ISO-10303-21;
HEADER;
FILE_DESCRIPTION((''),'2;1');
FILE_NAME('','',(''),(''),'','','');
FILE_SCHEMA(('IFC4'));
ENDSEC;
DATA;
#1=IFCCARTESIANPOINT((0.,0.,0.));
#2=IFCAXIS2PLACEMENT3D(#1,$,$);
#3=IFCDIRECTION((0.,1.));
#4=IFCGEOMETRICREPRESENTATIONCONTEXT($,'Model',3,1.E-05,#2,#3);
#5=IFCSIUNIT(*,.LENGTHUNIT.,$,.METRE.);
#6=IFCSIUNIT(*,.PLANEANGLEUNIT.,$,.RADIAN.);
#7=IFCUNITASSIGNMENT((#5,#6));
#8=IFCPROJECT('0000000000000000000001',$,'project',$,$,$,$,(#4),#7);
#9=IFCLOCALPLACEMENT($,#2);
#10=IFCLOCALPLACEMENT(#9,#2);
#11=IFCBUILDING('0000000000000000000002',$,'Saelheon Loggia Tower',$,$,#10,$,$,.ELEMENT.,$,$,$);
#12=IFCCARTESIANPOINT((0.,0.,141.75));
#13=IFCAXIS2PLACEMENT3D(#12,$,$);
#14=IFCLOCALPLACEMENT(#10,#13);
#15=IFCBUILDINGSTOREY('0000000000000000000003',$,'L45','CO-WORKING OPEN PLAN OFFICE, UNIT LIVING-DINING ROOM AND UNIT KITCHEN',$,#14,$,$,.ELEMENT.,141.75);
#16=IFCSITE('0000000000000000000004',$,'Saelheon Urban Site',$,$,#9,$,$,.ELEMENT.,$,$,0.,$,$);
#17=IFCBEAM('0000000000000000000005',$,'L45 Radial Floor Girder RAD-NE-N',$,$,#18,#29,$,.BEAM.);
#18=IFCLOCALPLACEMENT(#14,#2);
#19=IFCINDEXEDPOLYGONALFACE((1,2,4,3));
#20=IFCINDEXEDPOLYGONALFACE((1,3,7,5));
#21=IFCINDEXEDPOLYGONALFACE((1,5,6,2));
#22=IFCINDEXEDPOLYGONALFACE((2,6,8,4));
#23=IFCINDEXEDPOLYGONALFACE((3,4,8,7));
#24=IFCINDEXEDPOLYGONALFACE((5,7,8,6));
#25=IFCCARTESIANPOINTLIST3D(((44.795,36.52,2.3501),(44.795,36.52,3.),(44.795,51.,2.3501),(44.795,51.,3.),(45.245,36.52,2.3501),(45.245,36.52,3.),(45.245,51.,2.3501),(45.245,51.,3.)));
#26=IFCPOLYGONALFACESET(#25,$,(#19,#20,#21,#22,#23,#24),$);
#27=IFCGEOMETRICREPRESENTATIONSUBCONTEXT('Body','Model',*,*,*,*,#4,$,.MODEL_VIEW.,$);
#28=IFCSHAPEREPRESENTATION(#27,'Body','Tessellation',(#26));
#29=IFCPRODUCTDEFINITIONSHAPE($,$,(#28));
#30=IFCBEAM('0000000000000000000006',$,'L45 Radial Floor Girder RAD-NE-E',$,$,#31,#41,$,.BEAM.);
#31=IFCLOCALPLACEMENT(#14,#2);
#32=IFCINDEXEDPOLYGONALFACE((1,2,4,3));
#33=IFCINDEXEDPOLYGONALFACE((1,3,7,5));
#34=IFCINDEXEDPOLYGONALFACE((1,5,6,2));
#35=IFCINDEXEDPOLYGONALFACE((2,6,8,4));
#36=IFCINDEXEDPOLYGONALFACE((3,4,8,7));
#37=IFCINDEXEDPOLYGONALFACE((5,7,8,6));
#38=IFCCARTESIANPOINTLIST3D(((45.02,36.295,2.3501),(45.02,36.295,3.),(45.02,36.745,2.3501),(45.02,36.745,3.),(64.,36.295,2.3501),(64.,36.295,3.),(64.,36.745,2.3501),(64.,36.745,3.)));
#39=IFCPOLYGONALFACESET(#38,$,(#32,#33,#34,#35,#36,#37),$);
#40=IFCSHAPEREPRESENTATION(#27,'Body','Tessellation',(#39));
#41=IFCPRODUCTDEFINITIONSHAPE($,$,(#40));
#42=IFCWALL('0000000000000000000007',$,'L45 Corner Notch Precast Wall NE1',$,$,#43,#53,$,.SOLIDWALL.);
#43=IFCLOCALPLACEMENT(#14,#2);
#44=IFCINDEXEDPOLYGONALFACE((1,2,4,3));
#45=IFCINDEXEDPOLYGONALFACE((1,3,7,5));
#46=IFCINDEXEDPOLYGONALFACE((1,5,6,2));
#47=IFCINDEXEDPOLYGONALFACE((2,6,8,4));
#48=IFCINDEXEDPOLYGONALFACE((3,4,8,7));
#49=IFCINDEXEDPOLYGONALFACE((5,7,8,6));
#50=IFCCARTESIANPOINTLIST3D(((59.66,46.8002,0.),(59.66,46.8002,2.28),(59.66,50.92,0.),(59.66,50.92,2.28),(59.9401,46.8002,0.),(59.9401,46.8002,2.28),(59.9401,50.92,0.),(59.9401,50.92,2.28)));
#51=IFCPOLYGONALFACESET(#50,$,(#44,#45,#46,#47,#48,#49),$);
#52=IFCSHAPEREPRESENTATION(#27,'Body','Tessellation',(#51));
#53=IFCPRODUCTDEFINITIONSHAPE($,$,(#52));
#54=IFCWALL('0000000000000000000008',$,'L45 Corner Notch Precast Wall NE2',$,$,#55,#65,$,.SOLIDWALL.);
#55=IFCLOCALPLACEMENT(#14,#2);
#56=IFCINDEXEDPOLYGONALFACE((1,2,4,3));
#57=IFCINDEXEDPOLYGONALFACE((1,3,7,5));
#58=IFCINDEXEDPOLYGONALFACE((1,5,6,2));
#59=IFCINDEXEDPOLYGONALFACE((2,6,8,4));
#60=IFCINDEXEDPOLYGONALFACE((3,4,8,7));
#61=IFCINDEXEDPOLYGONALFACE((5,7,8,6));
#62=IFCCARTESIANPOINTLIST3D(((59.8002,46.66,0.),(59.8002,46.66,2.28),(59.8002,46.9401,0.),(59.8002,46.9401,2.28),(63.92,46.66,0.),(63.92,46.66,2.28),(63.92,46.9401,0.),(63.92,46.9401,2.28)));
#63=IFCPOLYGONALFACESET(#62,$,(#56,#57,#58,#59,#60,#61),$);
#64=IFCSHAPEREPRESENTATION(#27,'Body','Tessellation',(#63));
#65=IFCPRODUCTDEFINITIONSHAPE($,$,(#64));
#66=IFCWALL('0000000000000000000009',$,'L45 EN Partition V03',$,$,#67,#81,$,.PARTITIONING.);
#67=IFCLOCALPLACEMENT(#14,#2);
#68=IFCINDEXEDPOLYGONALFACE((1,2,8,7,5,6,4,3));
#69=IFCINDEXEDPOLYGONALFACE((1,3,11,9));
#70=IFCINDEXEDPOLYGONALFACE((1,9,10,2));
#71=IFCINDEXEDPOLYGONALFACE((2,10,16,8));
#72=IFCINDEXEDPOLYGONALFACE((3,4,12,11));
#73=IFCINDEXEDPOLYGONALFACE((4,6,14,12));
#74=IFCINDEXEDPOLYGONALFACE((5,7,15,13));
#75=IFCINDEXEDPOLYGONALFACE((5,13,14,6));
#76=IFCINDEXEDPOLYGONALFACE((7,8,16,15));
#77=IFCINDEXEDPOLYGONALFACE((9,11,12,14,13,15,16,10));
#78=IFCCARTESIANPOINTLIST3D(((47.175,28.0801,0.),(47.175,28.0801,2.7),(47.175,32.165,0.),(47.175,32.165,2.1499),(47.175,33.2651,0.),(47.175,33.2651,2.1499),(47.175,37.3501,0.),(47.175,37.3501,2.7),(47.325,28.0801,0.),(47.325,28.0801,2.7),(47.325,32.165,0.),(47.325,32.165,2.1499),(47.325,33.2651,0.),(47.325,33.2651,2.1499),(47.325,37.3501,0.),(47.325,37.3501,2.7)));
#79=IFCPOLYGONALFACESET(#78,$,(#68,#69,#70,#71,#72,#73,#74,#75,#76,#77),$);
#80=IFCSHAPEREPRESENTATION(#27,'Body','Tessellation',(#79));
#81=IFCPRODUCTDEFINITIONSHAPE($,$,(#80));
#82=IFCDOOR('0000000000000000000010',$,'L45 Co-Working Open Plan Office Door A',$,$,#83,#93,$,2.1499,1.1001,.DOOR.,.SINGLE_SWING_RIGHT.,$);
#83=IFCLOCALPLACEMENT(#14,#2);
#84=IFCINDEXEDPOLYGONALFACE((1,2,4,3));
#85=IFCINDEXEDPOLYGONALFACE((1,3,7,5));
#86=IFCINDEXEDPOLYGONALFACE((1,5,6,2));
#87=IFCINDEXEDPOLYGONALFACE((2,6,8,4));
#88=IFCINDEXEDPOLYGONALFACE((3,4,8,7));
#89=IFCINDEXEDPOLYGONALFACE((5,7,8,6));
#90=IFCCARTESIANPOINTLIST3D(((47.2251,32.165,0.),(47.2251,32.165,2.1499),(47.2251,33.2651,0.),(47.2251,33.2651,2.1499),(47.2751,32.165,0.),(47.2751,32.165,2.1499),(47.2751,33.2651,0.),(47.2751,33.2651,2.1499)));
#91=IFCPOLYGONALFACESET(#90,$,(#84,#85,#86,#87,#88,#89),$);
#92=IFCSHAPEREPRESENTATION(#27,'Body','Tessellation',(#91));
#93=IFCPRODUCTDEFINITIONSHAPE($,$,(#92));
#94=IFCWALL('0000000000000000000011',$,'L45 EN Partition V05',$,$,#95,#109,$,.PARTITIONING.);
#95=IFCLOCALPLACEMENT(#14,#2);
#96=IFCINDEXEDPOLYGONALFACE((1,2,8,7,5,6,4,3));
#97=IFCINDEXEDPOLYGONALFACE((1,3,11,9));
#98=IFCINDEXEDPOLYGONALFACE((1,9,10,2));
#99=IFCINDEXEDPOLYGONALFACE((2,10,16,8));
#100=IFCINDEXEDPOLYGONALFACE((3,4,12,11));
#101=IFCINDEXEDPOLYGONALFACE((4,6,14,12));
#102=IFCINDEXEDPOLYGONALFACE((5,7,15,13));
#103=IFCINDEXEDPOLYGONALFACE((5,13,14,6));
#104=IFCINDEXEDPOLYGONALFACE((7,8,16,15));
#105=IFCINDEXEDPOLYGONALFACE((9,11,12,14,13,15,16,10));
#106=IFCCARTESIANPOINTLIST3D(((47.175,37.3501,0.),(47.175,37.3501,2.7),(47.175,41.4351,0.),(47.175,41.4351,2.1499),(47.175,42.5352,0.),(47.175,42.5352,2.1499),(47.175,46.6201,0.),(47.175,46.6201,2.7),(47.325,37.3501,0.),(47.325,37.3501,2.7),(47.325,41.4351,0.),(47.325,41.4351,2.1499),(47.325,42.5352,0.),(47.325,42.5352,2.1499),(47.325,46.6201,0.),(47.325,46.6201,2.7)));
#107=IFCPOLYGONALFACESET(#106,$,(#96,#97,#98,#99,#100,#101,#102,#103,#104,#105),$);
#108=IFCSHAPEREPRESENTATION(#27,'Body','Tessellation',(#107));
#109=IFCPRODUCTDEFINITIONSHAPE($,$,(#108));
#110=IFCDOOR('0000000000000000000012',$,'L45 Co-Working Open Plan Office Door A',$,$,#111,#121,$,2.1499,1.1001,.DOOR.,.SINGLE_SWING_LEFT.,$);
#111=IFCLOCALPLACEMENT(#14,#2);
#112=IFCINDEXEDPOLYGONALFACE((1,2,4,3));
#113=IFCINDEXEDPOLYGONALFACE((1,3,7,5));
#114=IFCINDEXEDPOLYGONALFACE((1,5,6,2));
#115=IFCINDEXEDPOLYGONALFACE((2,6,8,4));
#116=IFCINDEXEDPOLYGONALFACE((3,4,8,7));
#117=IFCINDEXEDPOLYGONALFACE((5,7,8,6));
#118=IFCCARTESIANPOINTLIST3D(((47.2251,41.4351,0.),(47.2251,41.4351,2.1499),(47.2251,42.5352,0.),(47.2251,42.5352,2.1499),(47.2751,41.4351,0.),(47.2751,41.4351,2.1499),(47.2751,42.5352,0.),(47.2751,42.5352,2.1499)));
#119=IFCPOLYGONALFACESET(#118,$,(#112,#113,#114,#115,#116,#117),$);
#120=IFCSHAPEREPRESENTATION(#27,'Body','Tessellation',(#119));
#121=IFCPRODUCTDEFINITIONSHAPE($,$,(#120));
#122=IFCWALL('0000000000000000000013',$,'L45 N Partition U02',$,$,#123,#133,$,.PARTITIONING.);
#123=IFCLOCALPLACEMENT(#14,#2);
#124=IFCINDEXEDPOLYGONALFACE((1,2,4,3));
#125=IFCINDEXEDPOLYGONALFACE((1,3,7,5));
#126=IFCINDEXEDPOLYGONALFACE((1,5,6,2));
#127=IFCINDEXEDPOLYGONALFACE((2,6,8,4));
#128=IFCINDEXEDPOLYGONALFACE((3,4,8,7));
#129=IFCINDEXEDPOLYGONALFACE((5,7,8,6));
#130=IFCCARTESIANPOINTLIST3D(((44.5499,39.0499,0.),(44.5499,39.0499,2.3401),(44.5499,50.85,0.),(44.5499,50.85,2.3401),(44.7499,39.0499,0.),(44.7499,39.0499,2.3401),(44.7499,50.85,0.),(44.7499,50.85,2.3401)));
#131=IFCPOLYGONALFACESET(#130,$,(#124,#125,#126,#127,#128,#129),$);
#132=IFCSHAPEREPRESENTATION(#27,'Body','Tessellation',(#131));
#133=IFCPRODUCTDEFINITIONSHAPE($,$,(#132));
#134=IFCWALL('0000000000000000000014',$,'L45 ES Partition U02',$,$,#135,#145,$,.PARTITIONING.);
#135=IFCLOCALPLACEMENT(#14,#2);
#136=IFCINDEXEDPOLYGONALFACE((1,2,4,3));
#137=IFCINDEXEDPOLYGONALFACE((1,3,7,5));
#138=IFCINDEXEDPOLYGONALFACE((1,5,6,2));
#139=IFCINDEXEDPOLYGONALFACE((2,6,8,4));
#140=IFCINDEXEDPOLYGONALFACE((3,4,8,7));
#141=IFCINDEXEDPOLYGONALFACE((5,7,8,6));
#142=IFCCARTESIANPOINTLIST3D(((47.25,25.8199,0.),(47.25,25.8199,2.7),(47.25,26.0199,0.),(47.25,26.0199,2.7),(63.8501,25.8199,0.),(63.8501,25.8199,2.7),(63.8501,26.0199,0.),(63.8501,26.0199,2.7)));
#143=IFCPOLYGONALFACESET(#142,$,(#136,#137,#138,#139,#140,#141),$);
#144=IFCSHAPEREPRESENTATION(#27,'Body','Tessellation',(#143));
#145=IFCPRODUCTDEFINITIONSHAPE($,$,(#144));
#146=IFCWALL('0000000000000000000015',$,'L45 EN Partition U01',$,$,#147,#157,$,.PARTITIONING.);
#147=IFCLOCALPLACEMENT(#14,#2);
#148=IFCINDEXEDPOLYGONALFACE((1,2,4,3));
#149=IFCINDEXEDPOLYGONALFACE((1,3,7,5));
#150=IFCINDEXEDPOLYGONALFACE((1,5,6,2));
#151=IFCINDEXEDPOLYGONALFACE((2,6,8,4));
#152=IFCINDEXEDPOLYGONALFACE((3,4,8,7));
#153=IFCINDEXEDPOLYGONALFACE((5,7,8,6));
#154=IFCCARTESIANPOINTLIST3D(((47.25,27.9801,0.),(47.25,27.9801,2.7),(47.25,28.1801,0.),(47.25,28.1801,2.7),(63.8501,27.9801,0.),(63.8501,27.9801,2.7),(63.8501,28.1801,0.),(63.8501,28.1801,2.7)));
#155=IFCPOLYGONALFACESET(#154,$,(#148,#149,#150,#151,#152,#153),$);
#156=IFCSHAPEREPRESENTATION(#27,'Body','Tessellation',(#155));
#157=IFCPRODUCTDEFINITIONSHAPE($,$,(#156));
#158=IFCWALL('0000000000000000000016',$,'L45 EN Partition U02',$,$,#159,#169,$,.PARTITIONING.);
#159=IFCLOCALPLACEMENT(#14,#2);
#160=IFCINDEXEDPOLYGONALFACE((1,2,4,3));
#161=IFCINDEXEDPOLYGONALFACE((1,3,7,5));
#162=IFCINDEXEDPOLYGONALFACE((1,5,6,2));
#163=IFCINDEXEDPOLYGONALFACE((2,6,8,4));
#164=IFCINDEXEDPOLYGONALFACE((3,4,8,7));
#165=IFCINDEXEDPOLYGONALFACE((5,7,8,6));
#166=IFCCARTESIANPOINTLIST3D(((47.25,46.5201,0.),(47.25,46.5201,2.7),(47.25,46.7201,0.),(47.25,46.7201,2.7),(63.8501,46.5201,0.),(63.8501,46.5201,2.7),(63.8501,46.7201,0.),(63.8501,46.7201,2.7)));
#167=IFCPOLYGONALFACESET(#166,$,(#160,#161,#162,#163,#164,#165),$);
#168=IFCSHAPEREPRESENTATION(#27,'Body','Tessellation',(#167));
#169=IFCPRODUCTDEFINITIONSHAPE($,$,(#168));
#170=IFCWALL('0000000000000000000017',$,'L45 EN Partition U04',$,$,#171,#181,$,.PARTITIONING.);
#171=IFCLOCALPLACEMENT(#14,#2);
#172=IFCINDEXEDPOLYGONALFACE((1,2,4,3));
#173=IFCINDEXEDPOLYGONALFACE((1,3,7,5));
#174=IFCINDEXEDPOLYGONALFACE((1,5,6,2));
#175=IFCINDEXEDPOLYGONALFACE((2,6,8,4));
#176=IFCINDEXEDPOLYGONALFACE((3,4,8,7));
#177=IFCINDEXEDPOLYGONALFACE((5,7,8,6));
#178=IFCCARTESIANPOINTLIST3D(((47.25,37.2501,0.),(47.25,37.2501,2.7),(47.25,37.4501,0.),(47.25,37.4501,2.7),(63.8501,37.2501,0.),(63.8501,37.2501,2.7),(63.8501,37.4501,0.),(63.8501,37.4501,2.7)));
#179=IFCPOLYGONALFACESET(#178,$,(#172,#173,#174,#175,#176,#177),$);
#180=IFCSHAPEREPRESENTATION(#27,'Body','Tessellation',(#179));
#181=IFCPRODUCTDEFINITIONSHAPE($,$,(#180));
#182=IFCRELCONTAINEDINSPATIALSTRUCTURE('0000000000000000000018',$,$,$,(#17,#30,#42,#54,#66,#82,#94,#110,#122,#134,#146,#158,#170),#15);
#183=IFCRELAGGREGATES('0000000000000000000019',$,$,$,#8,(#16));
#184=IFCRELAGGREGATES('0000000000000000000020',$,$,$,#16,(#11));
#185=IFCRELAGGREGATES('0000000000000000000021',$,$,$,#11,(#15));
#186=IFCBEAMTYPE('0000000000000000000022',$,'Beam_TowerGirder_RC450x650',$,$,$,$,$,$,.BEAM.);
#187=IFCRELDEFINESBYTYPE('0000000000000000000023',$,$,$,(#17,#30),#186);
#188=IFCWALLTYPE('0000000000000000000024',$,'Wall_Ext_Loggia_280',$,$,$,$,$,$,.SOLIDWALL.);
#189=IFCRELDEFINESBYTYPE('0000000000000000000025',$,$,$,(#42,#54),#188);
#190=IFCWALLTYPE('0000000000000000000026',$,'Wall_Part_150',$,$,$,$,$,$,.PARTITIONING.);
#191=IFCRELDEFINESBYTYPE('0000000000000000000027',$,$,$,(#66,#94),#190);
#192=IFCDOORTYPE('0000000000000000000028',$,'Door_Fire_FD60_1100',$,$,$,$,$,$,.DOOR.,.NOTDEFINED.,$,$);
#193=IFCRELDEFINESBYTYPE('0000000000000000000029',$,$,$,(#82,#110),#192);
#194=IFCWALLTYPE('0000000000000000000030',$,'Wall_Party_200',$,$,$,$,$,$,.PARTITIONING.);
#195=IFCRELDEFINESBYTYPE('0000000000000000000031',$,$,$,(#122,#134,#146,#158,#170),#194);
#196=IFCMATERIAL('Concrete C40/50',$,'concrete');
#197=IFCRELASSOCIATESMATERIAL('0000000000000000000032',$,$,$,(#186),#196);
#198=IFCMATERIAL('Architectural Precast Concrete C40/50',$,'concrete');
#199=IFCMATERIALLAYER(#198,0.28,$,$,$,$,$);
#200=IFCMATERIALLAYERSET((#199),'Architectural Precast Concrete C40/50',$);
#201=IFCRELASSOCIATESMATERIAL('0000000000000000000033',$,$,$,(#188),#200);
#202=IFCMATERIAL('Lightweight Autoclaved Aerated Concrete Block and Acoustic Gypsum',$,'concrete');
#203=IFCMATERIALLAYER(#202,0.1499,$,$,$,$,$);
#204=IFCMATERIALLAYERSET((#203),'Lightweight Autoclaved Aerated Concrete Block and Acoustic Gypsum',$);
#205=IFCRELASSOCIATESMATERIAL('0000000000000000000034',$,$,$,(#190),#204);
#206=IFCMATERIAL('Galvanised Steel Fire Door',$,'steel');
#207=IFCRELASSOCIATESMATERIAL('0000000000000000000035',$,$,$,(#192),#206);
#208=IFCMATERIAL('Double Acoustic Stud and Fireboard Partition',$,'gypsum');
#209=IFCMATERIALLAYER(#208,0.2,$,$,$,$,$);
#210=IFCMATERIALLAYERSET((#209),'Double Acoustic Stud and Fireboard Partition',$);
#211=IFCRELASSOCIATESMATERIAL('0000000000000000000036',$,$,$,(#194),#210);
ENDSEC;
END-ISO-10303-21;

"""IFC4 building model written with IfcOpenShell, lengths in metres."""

from ifc_helpers import new_model, si_unit, direction, frame, frame_2d, origin, origin_2d, place, context, subcontext, project, spatial, rectangle, extrude, source, transform, mapped, material, layer, layer_set, material_profile, profile_set, type_object, element, fill, save


model = new_model("IFC4")

# Units and contexts
model_context = context("Model", 3, precision=1e-05, world=origin(), true_north=direction((0.0, 1.0)))
body_context = subcontext(model_context, "Body", "Model", "MODEL_VIEW")
ifc_project = project(units=[si_unit("LENGTHUNIT", "METRE"), si_unit("PLANEANGLEUNIT", "RADIAN")], contexts=[model_context])

# Site, building, storey
site_placement = place(None, origin())
site = spatial("IfcSite", under=ifc_project, at=site_placement, Name="Saelheon Urban Site", CompositionType="ELEMENT", RefElevation=0.0)
building_placement = place(site_placement, origin())
building = spatial("IfcBuilding", under=site, at=building_placement, Name="Saelheon Loggia Tower", CompositionType="ELEMENT")
storey_placement = place(building_placement, frame((0.0, 0.0, 141.75)))
storey = spatial("IfcBuildingStorey", under=building, at=storey_placement, Name="L45", Description="CO-WORKING OPEN PLAN OFFICE, UNIT LIVING-DINING ROOM AND UNIT KITCHEN", CompositionType="ELEMENT", Elevation=141.75)

# Beams
ifc_material_1 = material(Name="Concrete C40/50", Category="concrete")
ifc_material_profile_1 = material_profile(ifc_material_1, rectangle(XDim=0.45, YDim=0.6499, at=origin_2d()), Name="RC-450x650")
ifc_profile_set_1 = profile_set([ifc_material_profile_1], Name="Concrete C40/50")
beam_type_1 = type_object("IfcBeamType", Name="Beam_TowerGirder_RC450x650", PredefinedType="BEAM", material=ifc_profile_set_1)
shared_shape_1 = source(origin(), body_context, "Body", "SweptSolid", [
    extrude(rectangle(XDim=0.45, YDim=0.6499, at=origin_2d()), origin(), (0.0, 0.0, 1.0), 14.48),
])
beam_1_placement = place(storey_placement, frame((45.02, 36.52, 2.675), z_axis=(0.0, 1.0, 0.0), x_axis=(-1.0, 0.0, 0.0)))
element("IfcBeam", 1, at=beam_1_placement, inside=storey, type_object=beam_type_1, Name="L45 Radial Floor Girder RAD-NE-N", PredefinedType="BEAM", context=body_context, shape_type="MappedRepresentation", body=[
    mapped(shared_shape_1, transform((0.0, 0.0, 0.0), scale=1.0)),
])
shared_shape_2 = source(origin(), body_context, "Body", "SweptSolid", [
    extrude(rectangle(XDim=0.45, YDim=0.6499, at=origin_2d()), origin(), (0.0, 0.0, 1.0), 18.98),
])
beam_2_placement = place(storey_placement, frame((45.02, 36.52, 2.675), z_axis=(1.0, 0.0, 0.0), x_axis=(0.0, 1.0, 0.0)))
element("IfcBeam", 2, at=beam_2_placement, inside=storey, type_object=beam_type_1, Name="L45 Radial Floor Girder RAD-NE-E", PredefinedType="BEAM", context=body_context, shape_type="MappedRepresentation", body=[
    mapped(shared_shape_2, transform((0.0, 0.0, 0.0), scale=1.0)),
])

# Walls
ifc_material_2 = material(Name="Architectural Precast Concrete C40/50", Category="concrete")
ifc_layer_1 = layer(ifc_material_2, 0.28)
ifc_layer_set_1 = layer_set([ifc_layer_1], Name="Architectural Precast Concrete C40/50")
wall_type_1 = type_object("IfcWallType", Name="Wall_Ext_Loggia_280", PredefinedType="SOLIDWALL", material=ifc_layer_set_1)
for number, where, z_axis, x_axis, name in (
    (3, (59.8, 46.8, 0.0), (0.0, 0.0, 1.0), (0.0, 1.0, 0.0), "L45 Corner Notch Precast Wall NE1"),
    (4, (59.8, 46.8, 0.0), (0.0, 0.0, 1.0), (1.0, 0.0, 0.0), "L45 Corner Notch Precast Wall NE2"),
):
    element("IfcWall", number, at=place(storey_placement, frame(where, z_axis=z_axis, x_axis=x_axis)), inside=storey, type_object=wall_type_1, Name=name, PredefinedType="SOLIDWALL", context=body_context, shape_type="SweptSolid", body=[
        extrude(rectangle(XDim=4.1199, YDim=0.28, at=frame_2d((2.0601, 0.0))), origin(), (0.0, 0.0, 1.0), 2.28),
    ])

# Walls, openings, doors
ifc_material_3 = material(Name="Lightweight Autoclaved Aerated Concrete Block and Acoustic Gypsum", Category="concrete")
ifc_layer_2 = layer(ifc_material_3, 0.1499)
ifc_layer_set_2 = layer_set([ifc_layer_2], Name="Lightweight Autoclaved Aerated Concrete Block and Acoustic Gypsum")
wall_type_2 = type_object("IfcWallType", Name="Wall_Part_150", PredefinedType="PARTITIONING", material=ifc_layer_set_2)
wall_1_placement = place(storey_placement, frame((47.25, 28.0801, 0.0), z_axis=(0.0, 0.0, 1.0), x_axis=(0.0, 1.0, 0.0)))
wall_1 = element("IfcWall", 5, at=wall_1_placement, inside=storey, type_object=wall_type_2, Name="L45 EN Partition V03", PredefinedType="PARTITIONING", context=body_context, shape_type="SweptSolid", body=[
    extrude(rectangle(XDim=9.27, YDim=0.1499, at=frame_2d((4.635, 0.0))), origin(), (0.0, 0.0, 1.0), 2.7),
])
opening_1_placement = place(wall_1_placement, frame((4.085, 0.0, 0.0)))
opening_1 = element("IfcOpeningElement", 6, at=opening_1_placement, cuts=wall_1, PredefinedType="OPENING", context=body_context, shape_type="SweptSolid", body=[
    extrude(rectangle(XDim=1.1001, YDim=2.1499, at=frame_2d((0.55, 1.075))), frame((0.0, 0.0869, 0.0), z_axis=(0.0, -1.0, 0.0), x_axis=(1.0, 0.0, 0.0)), (0.0, 0.0, 1.0), 0.1738),
])
ifc_material_4 = material(Name="Galvanised Steel Fire Door", Category="steel")
door_type = type_object("IfcDoorType", Name="Door_Fire_FD60_1100", OperationType="NOTDEFINED", PredefinedType="DOOR", material=ifc_material_4)
shared_shape_3 = source(origin(), body_context, "Body", "SweptSolid", [
    extrude(rectangle(XDim=1.1001, YDim=2.1499, at=frame_2d((0.55, 1.075))), frame((0.0, 0.0249, 0.0), z_axis=(0.0, -1.0, 0.0), x_axis=(1.0, 0.0, 0.0)), (0.0, 0.0, 1.0), 0.05),
])
door_1_placement = place(opening_1_placement, origin())
door_1 = element("IfcDoor", 7, at=door_1_placement, inside=storey, type_object=door_type, Name="L45 Co-Working Open Plan Office Door A", OperationType="SINGLE_SWING_RIGHT", OverallHeight=2.1499, OverallWidth=1.1001, PredefinedType="DOOR", context=body_context, shape_type="MappedRepresentation", body=[
    mapped(shared_shape_3, transform((0.0, 0.0, 0.0), scale=1.0)),
])
fill(opening_1, door_1)
wall_2_placement = place(storey_placement, frame((47.25, 37.3501, 0.0), z_axis=(0.0, 0.0, 1.0), x_axis=(0.0, 1.0, 0.0)))
wall_2 = element("IfcWall", 8, at=wall_2_placement, inside=storey, type_object=wall_type_2, Name="L45 EN Partition V05", PredefinedType="PARTITIONING", context=body_context, shape_type="SweptSolid", body=[
    extrude(rectangle(XDim=9.27, YDim=0.1499, at=frame_2d((4.635, 0.0))), origin(), (0.0, 0.0, 1.0), 2.7),
])
opening_2_placement = place(wall_2_placement, frame((4.085, 0.0, 0.0)))
opening_2 = element("IfcOpeningElement", 9, at=opening_2_placement, cuts=wall_2, PredefinedType="OPENING", context=body_context, shape_type="SweptSolid", body=[
    extrude(rectangle(XDim=1.1001, YDim=2.1499, at=frame_2d((0.55, 1.075))), frame((0.0, 0.0869, 0.0), z_axis=(0.0, -1.0, 0.0), x_axis=(1.0, 0.0, 0.0)), (0.0, 0.0, 1.0), 0.1738),
])
door_2_placement = place(opening_2_placement, origin())
door_2 = element("IfcDoor", 10, at=door_2_placement, inside=storey, type_object=door_type, Name="L45 Co-Working Open Plan Office Door A", OperationType="SINGLE_SWING_LEFT", OverallHeight=2.1499, OverallWidth=1.1001, PredefinedType="DOOR", context=body_context, shape_type="MappedRepresentation", body=[
    mapped(shared_shape_3, transform((0.0, 0.0, 0.0), scale=1.0)),
])
fill(opening_2, door_2)

# Walls
ifc_material_5 = material(Name="Double Acoustic Stud and Fireboard Partition", Category="gypsum")
ifc_layer_3 = layer(ifc_material_5, 0.2)
ifc_layer_set_3 = layer_set([ifc_layer_3], Name="Double Acoustic Stud and Fireboard Partition")
wall_type_3 = type_object("IfcWallType", Name="Wall_Party_200", PredefinedType="PARTITIONING", material=ifc_layer_set_3)
wall_3_placement = place(storey_placement, frame((44.6499, 39.05, 0.0), z_axis=(0.0, 0.0, 1.0), x_axis=(0.0, 1.0, 0.0)))
element("IfcWall", 11, at=wall_3_placement, inside=storey, type_object=wall_type_3, Name="L45 N Partition U02", PredefinedType="PARTITIONING", context=body_context, shape_type="SweptSolid", body=[
    extrude(rectangle(XDim=11.8, YDim=0.2, at=frame_2d((5.8999, 0.0))), origin(), (0.0, 0.0, 1.0), 2.3401),
])
for number, where, z_axis, x_axis, name in (
    (12, (47.25, 25.9199, 0.0), (0.0, 0.0, 1.0), (1.0, 0.0, 0.0), "L45 ES Partition U02"),
    (13, (47.25, 28.0801, 0.0), (0.0, 0.0, 1.0), (1.0, 0.0, 0.0), "L45 EN Partition U01"),
    (14, (47.25, 46.6201, 0.0), (0.0, 0.0, 1.0), (1.0, 0.0, 0.0), "L45 EN Partition U02"),
    (15, (47.25, 37.3501, 0.0), (0.0, 0.0, 1.0), (1.0, 0.0, 0.0), "L45 EN Partition U04"),
):
    element("IfcWall", number, at=place(storey_placement, frame(where, z_axis=z_axis, x_axis=x_axis)), inside=storey, type_object=wall_type_3, Name=name, PredefinedType="PARTITIONING", context=body_context, shape_type="SweptSolid", body=[
        extrude(rectangle(XDim=16.6001, YDim=0.2, at=frame_2d((8.3, 0.0))), origin(), (0.0, 0.0, 1.0), 2.7),
    ])

save(model, "model.ifc")
